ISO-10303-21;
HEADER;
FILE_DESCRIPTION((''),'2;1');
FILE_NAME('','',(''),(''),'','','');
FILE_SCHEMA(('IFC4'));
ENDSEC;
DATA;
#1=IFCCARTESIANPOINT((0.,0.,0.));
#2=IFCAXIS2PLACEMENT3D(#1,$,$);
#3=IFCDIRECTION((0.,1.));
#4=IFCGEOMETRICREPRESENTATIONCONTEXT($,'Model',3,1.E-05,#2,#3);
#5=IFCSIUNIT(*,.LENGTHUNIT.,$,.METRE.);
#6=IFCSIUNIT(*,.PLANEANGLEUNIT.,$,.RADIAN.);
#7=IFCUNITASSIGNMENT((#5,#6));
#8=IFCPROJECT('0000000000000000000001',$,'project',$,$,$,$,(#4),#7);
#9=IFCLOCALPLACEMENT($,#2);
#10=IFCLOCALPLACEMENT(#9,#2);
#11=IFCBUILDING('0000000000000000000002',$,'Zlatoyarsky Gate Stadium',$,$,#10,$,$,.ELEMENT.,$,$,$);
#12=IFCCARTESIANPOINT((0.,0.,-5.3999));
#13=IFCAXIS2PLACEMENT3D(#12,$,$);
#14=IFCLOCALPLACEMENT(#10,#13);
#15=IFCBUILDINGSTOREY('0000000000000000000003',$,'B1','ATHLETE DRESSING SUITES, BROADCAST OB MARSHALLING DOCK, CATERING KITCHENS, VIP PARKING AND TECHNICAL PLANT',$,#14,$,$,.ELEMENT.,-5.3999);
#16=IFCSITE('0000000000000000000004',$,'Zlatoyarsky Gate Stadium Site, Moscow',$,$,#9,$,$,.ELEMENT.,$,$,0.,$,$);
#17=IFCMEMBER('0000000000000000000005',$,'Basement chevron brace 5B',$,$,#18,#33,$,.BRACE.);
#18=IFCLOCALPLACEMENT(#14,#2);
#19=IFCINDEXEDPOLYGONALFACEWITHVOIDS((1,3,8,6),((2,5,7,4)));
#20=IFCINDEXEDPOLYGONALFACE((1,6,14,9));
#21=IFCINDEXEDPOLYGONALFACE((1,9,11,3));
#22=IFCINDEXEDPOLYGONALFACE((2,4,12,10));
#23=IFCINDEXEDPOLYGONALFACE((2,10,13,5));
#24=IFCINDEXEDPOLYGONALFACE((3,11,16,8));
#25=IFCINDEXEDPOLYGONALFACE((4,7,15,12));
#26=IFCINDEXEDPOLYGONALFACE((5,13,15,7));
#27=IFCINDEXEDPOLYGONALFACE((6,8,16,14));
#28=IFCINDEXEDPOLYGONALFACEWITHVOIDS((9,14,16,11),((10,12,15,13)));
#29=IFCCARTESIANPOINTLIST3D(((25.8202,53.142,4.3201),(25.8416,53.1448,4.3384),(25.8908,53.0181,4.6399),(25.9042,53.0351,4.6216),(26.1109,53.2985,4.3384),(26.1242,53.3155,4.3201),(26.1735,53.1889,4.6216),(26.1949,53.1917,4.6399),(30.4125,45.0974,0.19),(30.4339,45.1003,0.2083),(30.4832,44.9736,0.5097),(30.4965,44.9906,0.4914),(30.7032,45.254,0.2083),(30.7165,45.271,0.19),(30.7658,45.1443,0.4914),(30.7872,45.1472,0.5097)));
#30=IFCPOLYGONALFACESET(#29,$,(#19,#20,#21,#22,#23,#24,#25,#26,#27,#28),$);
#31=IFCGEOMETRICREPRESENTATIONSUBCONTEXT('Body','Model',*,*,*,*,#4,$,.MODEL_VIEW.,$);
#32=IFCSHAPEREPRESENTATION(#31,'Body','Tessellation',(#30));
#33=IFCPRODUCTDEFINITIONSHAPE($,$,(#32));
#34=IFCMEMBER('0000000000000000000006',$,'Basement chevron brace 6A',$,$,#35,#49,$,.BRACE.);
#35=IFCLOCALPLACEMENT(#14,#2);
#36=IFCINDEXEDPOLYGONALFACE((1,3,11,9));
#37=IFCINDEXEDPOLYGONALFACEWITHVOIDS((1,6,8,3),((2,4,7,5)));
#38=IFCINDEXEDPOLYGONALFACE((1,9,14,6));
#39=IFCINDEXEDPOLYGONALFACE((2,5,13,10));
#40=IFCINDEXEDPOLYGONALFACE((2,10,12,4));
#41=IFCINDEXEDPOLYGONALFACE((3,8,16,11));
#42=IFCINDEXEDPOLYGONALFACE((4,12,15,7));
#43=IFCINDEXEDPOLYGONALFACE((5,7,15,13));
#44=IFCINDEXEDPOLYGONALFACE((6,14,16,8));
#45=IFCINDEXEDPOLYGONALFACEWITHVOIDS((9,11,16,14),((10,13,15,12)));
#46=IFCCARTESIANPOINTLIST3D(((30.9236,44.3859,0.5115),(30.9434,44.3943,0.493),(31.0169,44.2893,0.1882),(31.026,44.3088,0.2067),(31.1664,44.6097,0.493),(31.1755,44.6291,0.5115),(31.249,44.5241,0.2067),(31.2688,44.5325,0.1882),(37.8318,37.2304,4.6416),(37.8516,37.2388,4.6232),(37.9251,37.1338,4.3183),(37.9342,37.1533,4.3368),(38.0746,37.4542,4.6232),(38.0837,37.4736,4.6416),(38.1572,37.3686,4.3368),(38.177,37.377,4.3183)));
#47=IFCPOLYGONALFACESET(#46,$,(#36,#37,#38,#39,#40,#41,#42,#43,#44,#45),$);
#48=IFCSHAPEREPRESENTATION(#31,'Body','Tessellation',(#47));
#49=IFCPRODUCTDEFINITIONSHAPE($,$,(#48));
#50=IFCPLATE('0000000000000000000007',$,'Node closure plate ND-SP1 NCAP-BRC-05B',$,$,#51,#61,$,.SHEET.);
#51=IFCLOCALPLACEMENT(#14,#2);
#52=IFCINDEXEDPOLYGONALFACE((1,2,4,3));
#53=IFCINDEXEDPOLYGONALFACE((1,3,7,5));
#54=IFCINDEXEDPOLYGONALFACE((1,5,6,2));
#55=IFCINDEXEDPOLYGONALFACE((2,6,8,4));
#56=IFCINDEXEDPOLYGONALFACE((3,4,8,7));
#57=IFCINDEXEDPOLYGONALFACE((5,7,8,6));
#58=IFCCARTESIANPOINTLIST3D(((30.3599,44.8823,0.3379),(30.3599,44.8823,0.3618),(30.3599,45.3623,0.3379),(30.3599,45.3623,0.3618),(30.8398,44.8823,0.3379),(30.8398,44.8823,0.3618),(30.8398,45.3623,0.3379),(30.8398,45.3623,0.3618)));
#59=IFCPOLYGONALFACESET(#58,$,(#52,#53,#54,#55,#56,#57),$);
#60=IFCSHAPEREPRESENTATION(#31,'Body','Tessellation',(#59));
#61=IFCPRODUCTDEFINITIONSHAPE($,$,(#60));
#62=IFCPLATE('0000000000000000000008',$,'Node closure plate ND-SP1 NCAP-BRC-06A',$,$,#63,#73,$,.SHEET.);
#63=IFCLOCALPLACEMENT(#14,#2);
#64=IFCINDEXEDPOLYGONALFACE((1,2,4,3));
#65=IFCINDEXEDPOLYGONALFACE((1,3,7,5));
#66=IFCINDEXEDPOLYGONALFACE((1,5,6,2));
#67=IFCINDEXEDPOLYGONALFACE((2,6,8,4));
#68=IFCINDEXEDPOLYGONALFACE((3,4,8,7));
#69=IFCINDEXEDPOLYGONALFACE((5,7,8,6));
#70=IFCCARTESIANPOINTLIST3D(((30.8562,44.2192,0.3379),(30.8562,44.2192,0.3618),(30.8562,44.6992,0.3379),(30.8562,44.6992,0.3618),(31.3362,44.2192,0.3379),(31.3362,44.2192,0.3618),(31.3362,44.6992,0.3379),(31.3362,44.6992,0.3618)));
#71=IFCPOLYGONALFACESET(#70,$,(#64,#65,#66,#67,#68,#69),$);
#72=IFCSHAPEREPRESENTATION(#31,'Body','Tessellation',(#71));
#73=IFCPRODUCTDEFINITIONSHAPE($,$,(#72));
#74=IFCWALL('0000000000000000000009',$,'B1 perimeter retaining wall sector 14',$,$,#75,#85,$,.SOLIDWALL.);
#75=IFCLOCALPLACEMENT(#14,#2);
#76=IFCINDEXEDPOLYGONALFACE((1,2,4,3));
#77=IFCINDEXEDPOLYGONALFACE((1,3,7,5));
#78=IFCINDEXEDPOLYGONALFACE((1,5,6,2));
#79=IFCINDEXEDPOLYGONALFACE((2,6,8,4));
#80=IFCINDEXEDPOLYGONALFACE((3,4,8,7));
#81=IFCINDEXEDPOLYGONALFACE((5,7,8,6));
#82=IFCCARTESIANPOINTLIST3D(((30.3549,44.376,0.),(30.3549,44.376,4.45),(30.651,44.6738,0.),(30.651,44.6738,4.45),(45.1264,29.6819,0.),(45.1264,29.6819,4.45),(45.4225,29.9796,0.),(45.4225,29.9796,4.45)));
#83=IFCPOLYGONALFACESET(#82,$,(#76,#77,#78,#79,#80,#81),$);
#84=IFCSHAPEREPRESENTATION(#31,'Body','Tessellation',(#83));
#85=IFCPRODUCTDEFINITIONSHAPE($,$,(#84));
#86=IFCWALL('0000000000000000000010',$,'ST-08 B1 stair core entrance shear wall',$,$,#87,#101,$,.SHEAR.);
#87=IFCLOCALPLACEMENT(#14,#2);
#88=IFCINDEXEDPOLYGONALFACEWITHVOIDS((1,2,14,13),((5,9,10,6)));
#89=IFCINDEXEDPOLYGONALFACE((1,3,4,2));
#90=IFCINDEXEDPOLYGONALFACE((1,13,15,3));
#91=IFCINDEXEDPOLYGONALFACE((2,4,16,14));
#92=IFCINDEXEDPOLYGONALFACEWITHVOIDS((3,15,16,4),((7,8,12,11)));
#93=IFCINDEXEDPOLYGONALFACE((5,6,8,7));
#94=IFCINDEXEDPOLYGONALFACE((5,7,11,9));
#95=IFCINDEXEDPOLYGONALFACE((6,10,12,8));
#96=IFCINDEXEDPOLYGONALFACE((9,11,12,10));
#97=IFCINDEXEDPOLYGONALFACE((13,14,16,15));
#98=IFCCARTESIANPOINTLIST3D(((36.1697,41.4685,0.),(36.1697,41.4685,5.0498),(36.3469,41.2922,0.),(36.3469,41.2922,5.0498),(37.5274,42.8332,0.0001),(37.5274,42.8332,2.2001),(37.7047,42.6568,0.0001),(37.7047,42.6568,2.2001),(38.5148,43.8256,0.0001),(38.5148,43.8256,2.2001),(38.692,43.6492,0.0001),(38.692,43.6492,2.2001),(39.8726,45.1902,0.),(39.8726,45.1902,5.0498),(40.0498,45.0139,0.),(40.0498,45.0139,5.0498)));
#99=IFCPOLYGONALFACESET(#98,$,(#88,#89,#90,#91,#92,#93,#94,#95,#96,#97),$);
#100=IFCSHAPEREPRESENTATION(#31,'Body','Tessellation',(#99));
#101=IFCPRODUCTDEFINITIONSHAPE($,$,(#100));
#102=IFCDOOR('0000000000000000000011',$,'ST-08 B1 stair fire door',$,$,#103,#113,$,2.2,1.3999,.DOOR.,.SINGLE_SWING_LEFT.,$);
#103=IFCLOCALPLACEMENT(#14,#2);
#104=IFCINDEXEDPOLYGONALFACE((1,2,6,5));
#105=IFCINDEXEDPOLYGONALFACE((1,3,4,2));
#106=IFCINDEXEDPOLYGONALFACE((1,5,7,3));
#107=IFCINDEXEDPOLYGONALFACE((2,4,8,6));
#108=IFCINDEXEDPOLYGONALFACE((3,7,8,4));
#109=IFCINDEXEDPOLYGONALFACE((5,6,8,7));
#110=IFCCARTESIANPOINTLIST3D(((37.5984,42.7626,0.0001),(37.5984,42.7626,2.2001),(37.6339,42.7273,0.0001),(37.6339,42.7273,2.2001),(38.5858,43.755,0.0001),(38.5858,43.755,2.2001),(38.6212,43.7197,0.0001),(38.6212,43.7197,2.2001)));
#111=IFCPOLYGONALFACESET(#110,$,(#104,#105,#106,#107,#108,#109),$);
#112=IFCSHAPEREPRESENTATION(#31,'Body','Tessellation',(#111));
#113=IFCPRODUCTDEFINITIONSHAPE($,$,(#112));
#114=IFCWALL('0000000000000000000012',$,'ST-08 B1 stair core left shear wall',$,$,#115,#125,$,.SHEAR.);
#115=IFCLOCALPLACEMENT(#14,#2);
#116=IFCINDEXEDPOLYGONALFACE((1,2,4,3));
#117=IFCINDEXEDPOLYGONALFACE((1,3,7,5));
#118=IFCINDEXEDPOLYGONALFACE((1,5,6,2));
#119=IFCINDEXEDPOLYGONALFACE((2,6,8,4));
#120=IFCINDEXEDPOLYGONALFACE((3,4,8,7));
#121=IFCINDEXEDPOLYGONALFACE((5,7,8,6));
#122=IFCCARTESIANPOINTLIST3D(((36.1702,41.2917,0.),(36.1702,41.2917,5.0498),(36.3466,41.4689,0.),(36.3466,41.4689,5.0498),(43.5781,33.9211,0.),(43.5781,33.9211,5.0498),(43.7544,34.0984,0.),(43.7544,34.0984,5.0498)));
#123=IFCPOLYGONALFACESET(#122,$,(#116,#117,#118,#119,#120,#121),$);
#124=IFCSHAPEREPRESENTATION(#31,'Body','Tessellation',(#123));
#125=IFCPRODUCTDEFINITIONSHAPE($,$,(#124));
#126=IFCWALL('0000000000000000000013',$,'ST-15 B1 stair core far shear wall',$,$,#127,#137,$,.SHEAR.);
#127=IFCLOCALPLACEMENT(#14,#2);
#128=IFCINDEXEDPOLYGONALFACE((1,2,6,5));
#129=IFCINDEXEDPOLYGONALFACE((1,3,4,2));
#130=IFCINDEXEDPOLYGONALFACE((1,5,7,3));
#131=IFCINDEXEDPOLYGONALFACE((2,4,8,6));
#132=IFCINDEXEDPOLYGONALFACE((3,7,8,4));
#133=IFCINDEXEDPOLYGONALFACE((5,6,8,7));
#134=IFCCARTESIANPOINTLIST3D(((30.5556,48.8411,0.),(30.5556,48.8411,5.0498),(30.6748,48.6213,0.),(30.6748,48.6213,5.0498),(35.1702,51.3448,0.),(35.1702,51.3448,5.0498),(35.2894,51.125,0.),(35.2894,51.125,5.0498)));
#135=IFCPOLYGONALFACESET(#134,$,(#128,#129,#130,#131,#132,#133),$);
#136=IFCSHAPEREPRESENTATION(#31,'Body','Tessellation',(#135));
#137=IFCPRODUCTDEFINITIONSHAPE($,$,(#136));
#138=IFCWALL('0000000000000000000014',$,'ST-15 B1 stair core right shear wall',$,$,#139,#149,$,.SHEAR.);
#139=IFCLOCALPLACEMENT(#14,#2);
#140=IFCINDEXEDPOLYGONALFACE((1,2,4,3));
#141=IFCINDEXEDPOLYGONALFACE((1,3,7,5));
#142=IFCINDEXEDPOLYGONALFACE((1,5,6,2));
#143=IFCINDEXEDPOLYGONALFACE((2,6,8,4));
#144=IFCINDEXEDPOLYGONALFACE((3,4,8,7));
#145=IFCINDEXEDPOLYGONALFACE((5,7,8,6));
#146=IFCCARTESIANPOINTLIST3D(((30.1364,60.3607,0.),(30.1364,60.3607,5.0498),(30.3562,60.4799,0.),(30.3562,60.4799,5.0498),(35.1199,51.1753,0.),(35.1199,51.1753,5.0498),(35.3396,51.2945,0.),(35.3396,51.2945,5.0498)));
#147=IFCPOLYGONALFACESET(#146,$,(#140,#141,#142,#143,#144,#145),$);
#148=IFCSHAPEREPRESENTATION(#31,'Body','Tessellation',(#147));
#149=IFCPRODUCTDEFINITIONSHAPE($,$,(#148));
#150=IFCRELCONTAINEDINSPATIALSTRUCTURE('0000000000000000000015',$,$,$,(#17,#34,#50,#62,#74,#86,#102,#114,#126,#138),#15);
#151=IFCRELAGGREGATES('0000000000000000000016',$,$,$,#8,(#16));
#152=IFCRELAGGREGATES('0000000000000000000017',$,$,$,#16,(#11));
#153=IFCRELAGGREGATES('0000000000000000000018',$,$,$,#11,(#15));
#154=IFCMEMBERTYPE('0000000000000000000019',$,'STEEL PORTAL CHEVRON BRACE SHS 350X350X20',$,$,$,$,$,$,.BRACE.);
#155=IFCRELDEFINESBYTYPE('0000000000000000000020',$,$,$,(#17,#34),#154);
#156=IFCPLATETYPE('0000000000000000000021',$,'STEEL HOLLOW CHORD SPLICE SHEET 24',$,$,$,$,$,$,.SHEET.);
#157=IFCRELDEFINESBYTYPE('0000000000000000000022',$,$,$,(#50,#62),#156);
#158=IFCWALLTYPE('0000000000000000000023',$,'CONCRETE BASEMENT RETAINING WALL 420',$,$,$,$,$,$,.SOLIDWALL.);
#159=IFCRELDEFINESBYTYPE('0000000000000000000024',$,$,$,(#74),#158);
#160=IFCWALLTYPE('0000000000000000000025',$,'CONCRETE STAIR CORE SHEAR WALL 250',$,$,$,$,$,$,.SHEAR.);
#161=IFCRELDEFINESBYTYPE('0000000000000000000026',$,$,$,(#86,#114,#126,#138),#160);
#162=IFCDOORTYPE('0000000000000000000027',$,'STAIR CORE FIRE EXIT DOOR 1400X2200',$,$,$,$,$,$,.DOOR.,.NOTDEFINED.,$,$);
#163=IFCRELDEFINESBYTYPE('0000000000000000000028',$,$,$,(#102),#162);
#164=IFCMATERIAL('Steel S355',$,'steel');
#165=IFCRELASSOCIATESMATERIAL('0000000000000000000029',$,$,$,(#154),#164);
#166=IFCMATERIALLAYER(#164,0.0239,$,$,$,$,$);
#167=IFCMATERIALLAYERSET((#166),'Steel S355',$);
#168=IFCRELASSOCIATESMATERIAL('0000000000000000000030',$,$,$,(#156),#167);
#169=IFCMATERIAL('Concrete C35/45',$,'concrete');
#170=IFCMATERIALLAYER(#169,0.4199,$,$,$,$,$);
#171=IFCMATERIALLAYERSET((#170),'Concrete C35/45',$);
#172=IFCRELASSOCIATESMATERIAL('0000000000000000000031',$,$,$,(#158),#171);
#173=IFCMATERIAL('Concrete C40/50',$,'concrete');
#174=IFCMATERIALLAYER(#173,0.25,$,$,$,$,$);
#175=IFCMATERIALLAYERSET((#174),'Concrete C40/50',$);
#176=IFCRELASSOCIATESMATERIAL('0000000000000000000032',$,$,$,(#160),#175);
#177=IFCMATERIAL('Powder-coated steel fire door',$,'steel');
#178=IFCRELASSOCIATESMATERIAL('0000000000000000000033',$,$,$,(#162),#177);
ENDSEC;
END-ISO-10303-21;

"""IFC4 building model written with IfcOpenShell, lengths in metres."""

from ifc_helpers import new_model, si_unit, direction, frame, frame_2d, origin, origin_2d, place, context, subcontext, project, spatial, rectangle, hollow_rectangle, extrude, material, layer, layer_set, material_profile, profile_set, type_object, element, fill, save


model = new_model("IFC4")

# Units and contexts
model_context = context("Model", 3, precision=1e-05, world=origin(), true_north=direction((0.0, 1.0)))
body_context = subcontext(model_context, "Body", "Model", "MODEL_VIEW")
ifc_project = project(units=[si_unit("LENGTHUNIT", "METRE"), si_unit("PLANEANGLEUNIT", "RADIAN")], contexts=[model_context])

# Site, building, storey
site_placement = place(None, origin())
site = spatial("IfcSite", under=ifc_project, at=site_placement, Name="Zlatoyarsky Gate Stadium Site, Moscow", CompositionType="ELEMENT", RefElevation=0.0)
building_placement = place(site_placement, origin())
building = spatial("IfcBuilding", under=site, at=building_placement, Name="Zlatoyarsky Gate Stadium", CompositionType="ELEMENT")
storey_placement = place(building_placement, frame((0.0, 0.0, -5.3999)))
storey = spatial("IfcBuildingStorey", under=building, at=storey_placement, Name="B1", Description="ATHLETE DRESSING SUITES, BROADCAST OB MARSHALLING DOCK, CATERING KITCHENS, VIP PARKING AND TECHNICAL PLANT", CompositionType="ELEMENT", Elevation=-5.3999)

# Shared definitions
ifc_material_1 = material(Name="Concrete C35/45", Category="concrete")

# Shared definitions
ifc_material_2 = material(Name="Concrete C40/50", Category="concrete")

# Members
ifc_material_3 = material(Name="Steel S355", Category="steel")
ifc_material_profile_1 = material_profile(ifc_material_3, hollow_rectangle(XDim=0.3501, YDim=0.3501, WallThickness=0.02, at=origin_2d()), Name="SHS 350X350X20")
ifc_profile_set_1 = profile_set([ifc_material_profile_1], Name="Steel S355")
member_type = type_object("IfcMemberType", Name="STEEL PORTAL CHEVRON BRACE SHS 350X350X20", PredefinedType="BRACE", material=ifc_profile_set_1)
member_1_placement = place(storey_placement, frame((30.5999, 45.1223, 0.3499), z_axis=(-0.452799, 0.793181, 0.40723), x_axis=(-0.868454, -0.49577, 0.0)))
element("IfcMember", 1, at=member_1_placement, inside=storey, type_object=member_type, Name="Basement chevron brace 5B", PredefinedType="BRACE", context=body_context, shape_type="SweptSolid", body=[
    extrude(hollow_rectangle(XDim=0.3501, YDim=0.3501, WallThickness=0.02, at=origin_2d()), origin(), (0.0, 0.0, 1.0), 10.1421),
])
member_2_placement = place(storey_placement, frame((31.0962, 44.4592, 0.3499), z_axis=(0.641459, -0.664423, 0.383501), x_axis=(0.71943, 0.694565, 0.0)))
element("IfcMember", 2, at=member_2_placement, inside=storey, type_object=member_type, Name="Basement chevron brace 6A", PredefinedType="BRACE", context=body_context, shape_type="SweptSolid", body=[
    extrude(hollow_rectangle(XDim=0.3501, YDim=0.3501, WallThickness=0.02, at=origin_2d()), origin(), (0.0, 0.0, 1.0), 10.7695),
])

# Plates
ifc_layer_1 = layer(ifc_material_3, 0.0239)
ifc_layer_set_1 = layer_set([ifc_layer_1], Name="Steel S355")
plate_type = type_object("IfcPlateType", Name="STEEL HOLLOW CHORD SPLICE SHEET 24", PredefinedType="SHEET", material=ifc_layer_set_1)
for number, where, z_axis, x_axis, name in (
    (3, (30.5999, 45.1223, 0.3379), (0.0, 0.0, 1.0), (1.0, 0.0, 0.0), "Node closure plate ND-SP1 NCAP-BRC-05B"),
    (4, (31.0962, 44.4592, 0.3379), (0.0, 0.0, 1.0), (1.0, 0.0, 0.0), "Node closure plate ND-SP1 NCAP-BRC-06A"),
):
    element("IfcPlate", number, at=place(storey_placement, frame(where, z_axis=z_axis, x_axis=x_axis)), inside=storey, type_object=plate_type, Name=name, PredefinedType="SHEET", context=body_context, shape_type="SweptSolid", body=[
        extrude(rectangle(XDim=0.48, YDim=0.48, at=origin_2d()), origin(), (0.0, 0.0, 1.0), 0.0239),
    ])

# Wall
ifc_layer_2 = layer(ifc_material_1, 0.4199)
ifc_layer_set_2 = layer_set([ifc_layer_2], Name="Concrete C35/45")
wall_type_1 = type_object("IfcWallType", Name="CONCRETE BASEMENT RETAINING WALL 420", PredefinedType="SOLIDWALL", material=ifc_layer_set_2)
wall_1_placement = place(storey_placement, frame((30.5029, 44.5249, 0.0), z_axis=(0.0, 0.0, 1.0), x_axis=(0.708962, -0.705247, 0.0)))
element("IfcWall", 5, at=wall_1_placement, inside=storey, type_object=wall_type_1, Name="B1 perimeter retaining wall sector 14", PredefinedType="SOLIDWALL", context=body_context, shape_type="SweptSolid", body=[
    extrude(rectangle(XDim=20.8354, YDim=0.4199, at=frame_2d((10.4177, 0.0))), origin(), (0.0, 0.0, 1.0), 4.45),
])

# Wall, opening, door
ifc_layer_3 = layer(ifc_material_2, 0.25)
ifc_layer_set_3 = layer_set([ifc_layer_3], Name="Concrete C40/50")
wall_type_2 = type_object("IfcWallType", Name="CONCRETE STAIR CORE SHEAR WALL 250", PredefinedType="SHEAR", material=ifc_layer_set_3)
wall_2_placement = place(storey_placement, frame((39.9612, 45.1021, 0.0), z_axis=(0.0, 0.0, 1.0), x_axis=(-0.705314, -0.708895, 0.0)))
wall_2 = element("IfcWall", 6, at=wall_2_placement, inside=storey, type_object=wall_type_2, Name="ST-08 B1 stair core entrance shear wall", PredefinedType="SHEAR", context=body_context, shape_type="SweptSolid", body=[
    extrude(rectangle(XDim=5.25, YDim=0.25, at=frame_2d((2.625, 0.0))), origin(), (0.0, 0.0, 1.0), 5.0498),
])
opening_placement = place(wall_2_placement, frame((1.925, 0.0, 0.0)))
opening = element("IfcOpeningElement", 7, at=opening_placement, cuts=wall_2, PredefinedType="OPENING", context=body_context, shape_type="SweptSolid", body=[
    extrude(rectangle(XDim=1.3999, YDim=2.2, at=frame_2d((0.7, 1.1001))), frame((0.0, 0.135, 0.0), z_axis=(0.0, -1.0, 0.0), x_axis=(1.0, 0.0, 0.0)), (0.0, 0.0, 1.0), 0.27),
])
ifc_material_4 = material(Name="Powder-coated steel fire door", Category="steel")
door_type = type_object("IfcDoorType", Name="STAIR CORE FIRE EXIT DOOR 1400X2200", OperationType="NOTDEFINED", PredefinedType="DOOR", material=ifc_material_4)
door_placement = place(opening_placement, frame((1.3999, 0.0, 0.0), z_axis=(0.0, 0.0, 1.0), x_axis=(-1.0, 0.0, 0.0)))
door = element("IfcDoor", 8, at=door_placement, inside=storey, type_object=door_type, Name="ST-08 B1 stair fire door", OperationType="SINGLE_SWING_LEFT", OverallHeight=2.2, OverallWidth=1.3999, PredefinedType="DOOR", context=body_context, shape_type="SweptSolid", body=[
    extrude(rectangle(XDim=1.3999, YDim=2.2, at=frame_2d((0.7, 1.1001))), frame((0.0, 0.0249, 0.0), z_axis=(0.0, -1.0, 0.0), x_axis=(1.0, 0.0, 0.0)), (0.0, 0.0, 1.0), 0.05),
])
fill(opening, door)

# Walls
wall_3_placement = place(storey_placement, frame((36.2583, 41.3804, 0.0), z_axis=(0.0, 0.0, 1.0), x_axis=(0.708892, -0.705317, 0.0)))
element("IfcWall", 9, at=wall_3_placement, inside=storey, type_object=wall_type_2, Name="ST-08 B1 stair core left shear wall", PredefinedType="SHEAR", context=body_context, shape_type="SweptSolid", body=[
    extrude(rectangle(XDim=10.45, YDim=0.25, at=frame_2d((5.2251, 0.0))), origin(), (0.0, 0.0, 1.0), 5.0498),
])
wall_4_placement = place(storey_placement, frame((30.6152, 48.7312, 0.0), z_axis=(0.0, 0.0, 1.0), x_axis=(0.878961, 0.476893, 0.0)))
element("IfcWall", 10, at=wall_4_placement, inside=storey, type_object=wall_type_2, Name="ST-15 B1 stair core far shear wall", PredefinedType="SHEAR", context=body_context, shape_type="SweptSolid", body=[
    extrude(rectangle(XDim=5.25, YDim=0.25, at=frame_2d((2.625, 0.0))), origin(), (0.0, 0.0, 1.0), 5.0498),
])
wall_5_placement = place(storey_placement, frame((35.2297, 51.2349, 0.0), z_axis=(0.0, 0.0, 1.0), x_axis=(-0.476877, 0.87897, 0.0)))
element("IfcWall", 11, at=wall_5_placement, inside=storey, type_object=wall_type_2, Name="ST-15 B1 stair core right shear wall", PredefinedType="SHEAR", context=body_context, shape_type="SweptSolid", body=[
    extrude(rectangle(XDim=10.4502, YDim=0.25, at=frame_2d((5.2251, 0.0))), origin(), (0.0, 0.0, 1.0), 5.0498),
])

save(model, "model.ifc")
